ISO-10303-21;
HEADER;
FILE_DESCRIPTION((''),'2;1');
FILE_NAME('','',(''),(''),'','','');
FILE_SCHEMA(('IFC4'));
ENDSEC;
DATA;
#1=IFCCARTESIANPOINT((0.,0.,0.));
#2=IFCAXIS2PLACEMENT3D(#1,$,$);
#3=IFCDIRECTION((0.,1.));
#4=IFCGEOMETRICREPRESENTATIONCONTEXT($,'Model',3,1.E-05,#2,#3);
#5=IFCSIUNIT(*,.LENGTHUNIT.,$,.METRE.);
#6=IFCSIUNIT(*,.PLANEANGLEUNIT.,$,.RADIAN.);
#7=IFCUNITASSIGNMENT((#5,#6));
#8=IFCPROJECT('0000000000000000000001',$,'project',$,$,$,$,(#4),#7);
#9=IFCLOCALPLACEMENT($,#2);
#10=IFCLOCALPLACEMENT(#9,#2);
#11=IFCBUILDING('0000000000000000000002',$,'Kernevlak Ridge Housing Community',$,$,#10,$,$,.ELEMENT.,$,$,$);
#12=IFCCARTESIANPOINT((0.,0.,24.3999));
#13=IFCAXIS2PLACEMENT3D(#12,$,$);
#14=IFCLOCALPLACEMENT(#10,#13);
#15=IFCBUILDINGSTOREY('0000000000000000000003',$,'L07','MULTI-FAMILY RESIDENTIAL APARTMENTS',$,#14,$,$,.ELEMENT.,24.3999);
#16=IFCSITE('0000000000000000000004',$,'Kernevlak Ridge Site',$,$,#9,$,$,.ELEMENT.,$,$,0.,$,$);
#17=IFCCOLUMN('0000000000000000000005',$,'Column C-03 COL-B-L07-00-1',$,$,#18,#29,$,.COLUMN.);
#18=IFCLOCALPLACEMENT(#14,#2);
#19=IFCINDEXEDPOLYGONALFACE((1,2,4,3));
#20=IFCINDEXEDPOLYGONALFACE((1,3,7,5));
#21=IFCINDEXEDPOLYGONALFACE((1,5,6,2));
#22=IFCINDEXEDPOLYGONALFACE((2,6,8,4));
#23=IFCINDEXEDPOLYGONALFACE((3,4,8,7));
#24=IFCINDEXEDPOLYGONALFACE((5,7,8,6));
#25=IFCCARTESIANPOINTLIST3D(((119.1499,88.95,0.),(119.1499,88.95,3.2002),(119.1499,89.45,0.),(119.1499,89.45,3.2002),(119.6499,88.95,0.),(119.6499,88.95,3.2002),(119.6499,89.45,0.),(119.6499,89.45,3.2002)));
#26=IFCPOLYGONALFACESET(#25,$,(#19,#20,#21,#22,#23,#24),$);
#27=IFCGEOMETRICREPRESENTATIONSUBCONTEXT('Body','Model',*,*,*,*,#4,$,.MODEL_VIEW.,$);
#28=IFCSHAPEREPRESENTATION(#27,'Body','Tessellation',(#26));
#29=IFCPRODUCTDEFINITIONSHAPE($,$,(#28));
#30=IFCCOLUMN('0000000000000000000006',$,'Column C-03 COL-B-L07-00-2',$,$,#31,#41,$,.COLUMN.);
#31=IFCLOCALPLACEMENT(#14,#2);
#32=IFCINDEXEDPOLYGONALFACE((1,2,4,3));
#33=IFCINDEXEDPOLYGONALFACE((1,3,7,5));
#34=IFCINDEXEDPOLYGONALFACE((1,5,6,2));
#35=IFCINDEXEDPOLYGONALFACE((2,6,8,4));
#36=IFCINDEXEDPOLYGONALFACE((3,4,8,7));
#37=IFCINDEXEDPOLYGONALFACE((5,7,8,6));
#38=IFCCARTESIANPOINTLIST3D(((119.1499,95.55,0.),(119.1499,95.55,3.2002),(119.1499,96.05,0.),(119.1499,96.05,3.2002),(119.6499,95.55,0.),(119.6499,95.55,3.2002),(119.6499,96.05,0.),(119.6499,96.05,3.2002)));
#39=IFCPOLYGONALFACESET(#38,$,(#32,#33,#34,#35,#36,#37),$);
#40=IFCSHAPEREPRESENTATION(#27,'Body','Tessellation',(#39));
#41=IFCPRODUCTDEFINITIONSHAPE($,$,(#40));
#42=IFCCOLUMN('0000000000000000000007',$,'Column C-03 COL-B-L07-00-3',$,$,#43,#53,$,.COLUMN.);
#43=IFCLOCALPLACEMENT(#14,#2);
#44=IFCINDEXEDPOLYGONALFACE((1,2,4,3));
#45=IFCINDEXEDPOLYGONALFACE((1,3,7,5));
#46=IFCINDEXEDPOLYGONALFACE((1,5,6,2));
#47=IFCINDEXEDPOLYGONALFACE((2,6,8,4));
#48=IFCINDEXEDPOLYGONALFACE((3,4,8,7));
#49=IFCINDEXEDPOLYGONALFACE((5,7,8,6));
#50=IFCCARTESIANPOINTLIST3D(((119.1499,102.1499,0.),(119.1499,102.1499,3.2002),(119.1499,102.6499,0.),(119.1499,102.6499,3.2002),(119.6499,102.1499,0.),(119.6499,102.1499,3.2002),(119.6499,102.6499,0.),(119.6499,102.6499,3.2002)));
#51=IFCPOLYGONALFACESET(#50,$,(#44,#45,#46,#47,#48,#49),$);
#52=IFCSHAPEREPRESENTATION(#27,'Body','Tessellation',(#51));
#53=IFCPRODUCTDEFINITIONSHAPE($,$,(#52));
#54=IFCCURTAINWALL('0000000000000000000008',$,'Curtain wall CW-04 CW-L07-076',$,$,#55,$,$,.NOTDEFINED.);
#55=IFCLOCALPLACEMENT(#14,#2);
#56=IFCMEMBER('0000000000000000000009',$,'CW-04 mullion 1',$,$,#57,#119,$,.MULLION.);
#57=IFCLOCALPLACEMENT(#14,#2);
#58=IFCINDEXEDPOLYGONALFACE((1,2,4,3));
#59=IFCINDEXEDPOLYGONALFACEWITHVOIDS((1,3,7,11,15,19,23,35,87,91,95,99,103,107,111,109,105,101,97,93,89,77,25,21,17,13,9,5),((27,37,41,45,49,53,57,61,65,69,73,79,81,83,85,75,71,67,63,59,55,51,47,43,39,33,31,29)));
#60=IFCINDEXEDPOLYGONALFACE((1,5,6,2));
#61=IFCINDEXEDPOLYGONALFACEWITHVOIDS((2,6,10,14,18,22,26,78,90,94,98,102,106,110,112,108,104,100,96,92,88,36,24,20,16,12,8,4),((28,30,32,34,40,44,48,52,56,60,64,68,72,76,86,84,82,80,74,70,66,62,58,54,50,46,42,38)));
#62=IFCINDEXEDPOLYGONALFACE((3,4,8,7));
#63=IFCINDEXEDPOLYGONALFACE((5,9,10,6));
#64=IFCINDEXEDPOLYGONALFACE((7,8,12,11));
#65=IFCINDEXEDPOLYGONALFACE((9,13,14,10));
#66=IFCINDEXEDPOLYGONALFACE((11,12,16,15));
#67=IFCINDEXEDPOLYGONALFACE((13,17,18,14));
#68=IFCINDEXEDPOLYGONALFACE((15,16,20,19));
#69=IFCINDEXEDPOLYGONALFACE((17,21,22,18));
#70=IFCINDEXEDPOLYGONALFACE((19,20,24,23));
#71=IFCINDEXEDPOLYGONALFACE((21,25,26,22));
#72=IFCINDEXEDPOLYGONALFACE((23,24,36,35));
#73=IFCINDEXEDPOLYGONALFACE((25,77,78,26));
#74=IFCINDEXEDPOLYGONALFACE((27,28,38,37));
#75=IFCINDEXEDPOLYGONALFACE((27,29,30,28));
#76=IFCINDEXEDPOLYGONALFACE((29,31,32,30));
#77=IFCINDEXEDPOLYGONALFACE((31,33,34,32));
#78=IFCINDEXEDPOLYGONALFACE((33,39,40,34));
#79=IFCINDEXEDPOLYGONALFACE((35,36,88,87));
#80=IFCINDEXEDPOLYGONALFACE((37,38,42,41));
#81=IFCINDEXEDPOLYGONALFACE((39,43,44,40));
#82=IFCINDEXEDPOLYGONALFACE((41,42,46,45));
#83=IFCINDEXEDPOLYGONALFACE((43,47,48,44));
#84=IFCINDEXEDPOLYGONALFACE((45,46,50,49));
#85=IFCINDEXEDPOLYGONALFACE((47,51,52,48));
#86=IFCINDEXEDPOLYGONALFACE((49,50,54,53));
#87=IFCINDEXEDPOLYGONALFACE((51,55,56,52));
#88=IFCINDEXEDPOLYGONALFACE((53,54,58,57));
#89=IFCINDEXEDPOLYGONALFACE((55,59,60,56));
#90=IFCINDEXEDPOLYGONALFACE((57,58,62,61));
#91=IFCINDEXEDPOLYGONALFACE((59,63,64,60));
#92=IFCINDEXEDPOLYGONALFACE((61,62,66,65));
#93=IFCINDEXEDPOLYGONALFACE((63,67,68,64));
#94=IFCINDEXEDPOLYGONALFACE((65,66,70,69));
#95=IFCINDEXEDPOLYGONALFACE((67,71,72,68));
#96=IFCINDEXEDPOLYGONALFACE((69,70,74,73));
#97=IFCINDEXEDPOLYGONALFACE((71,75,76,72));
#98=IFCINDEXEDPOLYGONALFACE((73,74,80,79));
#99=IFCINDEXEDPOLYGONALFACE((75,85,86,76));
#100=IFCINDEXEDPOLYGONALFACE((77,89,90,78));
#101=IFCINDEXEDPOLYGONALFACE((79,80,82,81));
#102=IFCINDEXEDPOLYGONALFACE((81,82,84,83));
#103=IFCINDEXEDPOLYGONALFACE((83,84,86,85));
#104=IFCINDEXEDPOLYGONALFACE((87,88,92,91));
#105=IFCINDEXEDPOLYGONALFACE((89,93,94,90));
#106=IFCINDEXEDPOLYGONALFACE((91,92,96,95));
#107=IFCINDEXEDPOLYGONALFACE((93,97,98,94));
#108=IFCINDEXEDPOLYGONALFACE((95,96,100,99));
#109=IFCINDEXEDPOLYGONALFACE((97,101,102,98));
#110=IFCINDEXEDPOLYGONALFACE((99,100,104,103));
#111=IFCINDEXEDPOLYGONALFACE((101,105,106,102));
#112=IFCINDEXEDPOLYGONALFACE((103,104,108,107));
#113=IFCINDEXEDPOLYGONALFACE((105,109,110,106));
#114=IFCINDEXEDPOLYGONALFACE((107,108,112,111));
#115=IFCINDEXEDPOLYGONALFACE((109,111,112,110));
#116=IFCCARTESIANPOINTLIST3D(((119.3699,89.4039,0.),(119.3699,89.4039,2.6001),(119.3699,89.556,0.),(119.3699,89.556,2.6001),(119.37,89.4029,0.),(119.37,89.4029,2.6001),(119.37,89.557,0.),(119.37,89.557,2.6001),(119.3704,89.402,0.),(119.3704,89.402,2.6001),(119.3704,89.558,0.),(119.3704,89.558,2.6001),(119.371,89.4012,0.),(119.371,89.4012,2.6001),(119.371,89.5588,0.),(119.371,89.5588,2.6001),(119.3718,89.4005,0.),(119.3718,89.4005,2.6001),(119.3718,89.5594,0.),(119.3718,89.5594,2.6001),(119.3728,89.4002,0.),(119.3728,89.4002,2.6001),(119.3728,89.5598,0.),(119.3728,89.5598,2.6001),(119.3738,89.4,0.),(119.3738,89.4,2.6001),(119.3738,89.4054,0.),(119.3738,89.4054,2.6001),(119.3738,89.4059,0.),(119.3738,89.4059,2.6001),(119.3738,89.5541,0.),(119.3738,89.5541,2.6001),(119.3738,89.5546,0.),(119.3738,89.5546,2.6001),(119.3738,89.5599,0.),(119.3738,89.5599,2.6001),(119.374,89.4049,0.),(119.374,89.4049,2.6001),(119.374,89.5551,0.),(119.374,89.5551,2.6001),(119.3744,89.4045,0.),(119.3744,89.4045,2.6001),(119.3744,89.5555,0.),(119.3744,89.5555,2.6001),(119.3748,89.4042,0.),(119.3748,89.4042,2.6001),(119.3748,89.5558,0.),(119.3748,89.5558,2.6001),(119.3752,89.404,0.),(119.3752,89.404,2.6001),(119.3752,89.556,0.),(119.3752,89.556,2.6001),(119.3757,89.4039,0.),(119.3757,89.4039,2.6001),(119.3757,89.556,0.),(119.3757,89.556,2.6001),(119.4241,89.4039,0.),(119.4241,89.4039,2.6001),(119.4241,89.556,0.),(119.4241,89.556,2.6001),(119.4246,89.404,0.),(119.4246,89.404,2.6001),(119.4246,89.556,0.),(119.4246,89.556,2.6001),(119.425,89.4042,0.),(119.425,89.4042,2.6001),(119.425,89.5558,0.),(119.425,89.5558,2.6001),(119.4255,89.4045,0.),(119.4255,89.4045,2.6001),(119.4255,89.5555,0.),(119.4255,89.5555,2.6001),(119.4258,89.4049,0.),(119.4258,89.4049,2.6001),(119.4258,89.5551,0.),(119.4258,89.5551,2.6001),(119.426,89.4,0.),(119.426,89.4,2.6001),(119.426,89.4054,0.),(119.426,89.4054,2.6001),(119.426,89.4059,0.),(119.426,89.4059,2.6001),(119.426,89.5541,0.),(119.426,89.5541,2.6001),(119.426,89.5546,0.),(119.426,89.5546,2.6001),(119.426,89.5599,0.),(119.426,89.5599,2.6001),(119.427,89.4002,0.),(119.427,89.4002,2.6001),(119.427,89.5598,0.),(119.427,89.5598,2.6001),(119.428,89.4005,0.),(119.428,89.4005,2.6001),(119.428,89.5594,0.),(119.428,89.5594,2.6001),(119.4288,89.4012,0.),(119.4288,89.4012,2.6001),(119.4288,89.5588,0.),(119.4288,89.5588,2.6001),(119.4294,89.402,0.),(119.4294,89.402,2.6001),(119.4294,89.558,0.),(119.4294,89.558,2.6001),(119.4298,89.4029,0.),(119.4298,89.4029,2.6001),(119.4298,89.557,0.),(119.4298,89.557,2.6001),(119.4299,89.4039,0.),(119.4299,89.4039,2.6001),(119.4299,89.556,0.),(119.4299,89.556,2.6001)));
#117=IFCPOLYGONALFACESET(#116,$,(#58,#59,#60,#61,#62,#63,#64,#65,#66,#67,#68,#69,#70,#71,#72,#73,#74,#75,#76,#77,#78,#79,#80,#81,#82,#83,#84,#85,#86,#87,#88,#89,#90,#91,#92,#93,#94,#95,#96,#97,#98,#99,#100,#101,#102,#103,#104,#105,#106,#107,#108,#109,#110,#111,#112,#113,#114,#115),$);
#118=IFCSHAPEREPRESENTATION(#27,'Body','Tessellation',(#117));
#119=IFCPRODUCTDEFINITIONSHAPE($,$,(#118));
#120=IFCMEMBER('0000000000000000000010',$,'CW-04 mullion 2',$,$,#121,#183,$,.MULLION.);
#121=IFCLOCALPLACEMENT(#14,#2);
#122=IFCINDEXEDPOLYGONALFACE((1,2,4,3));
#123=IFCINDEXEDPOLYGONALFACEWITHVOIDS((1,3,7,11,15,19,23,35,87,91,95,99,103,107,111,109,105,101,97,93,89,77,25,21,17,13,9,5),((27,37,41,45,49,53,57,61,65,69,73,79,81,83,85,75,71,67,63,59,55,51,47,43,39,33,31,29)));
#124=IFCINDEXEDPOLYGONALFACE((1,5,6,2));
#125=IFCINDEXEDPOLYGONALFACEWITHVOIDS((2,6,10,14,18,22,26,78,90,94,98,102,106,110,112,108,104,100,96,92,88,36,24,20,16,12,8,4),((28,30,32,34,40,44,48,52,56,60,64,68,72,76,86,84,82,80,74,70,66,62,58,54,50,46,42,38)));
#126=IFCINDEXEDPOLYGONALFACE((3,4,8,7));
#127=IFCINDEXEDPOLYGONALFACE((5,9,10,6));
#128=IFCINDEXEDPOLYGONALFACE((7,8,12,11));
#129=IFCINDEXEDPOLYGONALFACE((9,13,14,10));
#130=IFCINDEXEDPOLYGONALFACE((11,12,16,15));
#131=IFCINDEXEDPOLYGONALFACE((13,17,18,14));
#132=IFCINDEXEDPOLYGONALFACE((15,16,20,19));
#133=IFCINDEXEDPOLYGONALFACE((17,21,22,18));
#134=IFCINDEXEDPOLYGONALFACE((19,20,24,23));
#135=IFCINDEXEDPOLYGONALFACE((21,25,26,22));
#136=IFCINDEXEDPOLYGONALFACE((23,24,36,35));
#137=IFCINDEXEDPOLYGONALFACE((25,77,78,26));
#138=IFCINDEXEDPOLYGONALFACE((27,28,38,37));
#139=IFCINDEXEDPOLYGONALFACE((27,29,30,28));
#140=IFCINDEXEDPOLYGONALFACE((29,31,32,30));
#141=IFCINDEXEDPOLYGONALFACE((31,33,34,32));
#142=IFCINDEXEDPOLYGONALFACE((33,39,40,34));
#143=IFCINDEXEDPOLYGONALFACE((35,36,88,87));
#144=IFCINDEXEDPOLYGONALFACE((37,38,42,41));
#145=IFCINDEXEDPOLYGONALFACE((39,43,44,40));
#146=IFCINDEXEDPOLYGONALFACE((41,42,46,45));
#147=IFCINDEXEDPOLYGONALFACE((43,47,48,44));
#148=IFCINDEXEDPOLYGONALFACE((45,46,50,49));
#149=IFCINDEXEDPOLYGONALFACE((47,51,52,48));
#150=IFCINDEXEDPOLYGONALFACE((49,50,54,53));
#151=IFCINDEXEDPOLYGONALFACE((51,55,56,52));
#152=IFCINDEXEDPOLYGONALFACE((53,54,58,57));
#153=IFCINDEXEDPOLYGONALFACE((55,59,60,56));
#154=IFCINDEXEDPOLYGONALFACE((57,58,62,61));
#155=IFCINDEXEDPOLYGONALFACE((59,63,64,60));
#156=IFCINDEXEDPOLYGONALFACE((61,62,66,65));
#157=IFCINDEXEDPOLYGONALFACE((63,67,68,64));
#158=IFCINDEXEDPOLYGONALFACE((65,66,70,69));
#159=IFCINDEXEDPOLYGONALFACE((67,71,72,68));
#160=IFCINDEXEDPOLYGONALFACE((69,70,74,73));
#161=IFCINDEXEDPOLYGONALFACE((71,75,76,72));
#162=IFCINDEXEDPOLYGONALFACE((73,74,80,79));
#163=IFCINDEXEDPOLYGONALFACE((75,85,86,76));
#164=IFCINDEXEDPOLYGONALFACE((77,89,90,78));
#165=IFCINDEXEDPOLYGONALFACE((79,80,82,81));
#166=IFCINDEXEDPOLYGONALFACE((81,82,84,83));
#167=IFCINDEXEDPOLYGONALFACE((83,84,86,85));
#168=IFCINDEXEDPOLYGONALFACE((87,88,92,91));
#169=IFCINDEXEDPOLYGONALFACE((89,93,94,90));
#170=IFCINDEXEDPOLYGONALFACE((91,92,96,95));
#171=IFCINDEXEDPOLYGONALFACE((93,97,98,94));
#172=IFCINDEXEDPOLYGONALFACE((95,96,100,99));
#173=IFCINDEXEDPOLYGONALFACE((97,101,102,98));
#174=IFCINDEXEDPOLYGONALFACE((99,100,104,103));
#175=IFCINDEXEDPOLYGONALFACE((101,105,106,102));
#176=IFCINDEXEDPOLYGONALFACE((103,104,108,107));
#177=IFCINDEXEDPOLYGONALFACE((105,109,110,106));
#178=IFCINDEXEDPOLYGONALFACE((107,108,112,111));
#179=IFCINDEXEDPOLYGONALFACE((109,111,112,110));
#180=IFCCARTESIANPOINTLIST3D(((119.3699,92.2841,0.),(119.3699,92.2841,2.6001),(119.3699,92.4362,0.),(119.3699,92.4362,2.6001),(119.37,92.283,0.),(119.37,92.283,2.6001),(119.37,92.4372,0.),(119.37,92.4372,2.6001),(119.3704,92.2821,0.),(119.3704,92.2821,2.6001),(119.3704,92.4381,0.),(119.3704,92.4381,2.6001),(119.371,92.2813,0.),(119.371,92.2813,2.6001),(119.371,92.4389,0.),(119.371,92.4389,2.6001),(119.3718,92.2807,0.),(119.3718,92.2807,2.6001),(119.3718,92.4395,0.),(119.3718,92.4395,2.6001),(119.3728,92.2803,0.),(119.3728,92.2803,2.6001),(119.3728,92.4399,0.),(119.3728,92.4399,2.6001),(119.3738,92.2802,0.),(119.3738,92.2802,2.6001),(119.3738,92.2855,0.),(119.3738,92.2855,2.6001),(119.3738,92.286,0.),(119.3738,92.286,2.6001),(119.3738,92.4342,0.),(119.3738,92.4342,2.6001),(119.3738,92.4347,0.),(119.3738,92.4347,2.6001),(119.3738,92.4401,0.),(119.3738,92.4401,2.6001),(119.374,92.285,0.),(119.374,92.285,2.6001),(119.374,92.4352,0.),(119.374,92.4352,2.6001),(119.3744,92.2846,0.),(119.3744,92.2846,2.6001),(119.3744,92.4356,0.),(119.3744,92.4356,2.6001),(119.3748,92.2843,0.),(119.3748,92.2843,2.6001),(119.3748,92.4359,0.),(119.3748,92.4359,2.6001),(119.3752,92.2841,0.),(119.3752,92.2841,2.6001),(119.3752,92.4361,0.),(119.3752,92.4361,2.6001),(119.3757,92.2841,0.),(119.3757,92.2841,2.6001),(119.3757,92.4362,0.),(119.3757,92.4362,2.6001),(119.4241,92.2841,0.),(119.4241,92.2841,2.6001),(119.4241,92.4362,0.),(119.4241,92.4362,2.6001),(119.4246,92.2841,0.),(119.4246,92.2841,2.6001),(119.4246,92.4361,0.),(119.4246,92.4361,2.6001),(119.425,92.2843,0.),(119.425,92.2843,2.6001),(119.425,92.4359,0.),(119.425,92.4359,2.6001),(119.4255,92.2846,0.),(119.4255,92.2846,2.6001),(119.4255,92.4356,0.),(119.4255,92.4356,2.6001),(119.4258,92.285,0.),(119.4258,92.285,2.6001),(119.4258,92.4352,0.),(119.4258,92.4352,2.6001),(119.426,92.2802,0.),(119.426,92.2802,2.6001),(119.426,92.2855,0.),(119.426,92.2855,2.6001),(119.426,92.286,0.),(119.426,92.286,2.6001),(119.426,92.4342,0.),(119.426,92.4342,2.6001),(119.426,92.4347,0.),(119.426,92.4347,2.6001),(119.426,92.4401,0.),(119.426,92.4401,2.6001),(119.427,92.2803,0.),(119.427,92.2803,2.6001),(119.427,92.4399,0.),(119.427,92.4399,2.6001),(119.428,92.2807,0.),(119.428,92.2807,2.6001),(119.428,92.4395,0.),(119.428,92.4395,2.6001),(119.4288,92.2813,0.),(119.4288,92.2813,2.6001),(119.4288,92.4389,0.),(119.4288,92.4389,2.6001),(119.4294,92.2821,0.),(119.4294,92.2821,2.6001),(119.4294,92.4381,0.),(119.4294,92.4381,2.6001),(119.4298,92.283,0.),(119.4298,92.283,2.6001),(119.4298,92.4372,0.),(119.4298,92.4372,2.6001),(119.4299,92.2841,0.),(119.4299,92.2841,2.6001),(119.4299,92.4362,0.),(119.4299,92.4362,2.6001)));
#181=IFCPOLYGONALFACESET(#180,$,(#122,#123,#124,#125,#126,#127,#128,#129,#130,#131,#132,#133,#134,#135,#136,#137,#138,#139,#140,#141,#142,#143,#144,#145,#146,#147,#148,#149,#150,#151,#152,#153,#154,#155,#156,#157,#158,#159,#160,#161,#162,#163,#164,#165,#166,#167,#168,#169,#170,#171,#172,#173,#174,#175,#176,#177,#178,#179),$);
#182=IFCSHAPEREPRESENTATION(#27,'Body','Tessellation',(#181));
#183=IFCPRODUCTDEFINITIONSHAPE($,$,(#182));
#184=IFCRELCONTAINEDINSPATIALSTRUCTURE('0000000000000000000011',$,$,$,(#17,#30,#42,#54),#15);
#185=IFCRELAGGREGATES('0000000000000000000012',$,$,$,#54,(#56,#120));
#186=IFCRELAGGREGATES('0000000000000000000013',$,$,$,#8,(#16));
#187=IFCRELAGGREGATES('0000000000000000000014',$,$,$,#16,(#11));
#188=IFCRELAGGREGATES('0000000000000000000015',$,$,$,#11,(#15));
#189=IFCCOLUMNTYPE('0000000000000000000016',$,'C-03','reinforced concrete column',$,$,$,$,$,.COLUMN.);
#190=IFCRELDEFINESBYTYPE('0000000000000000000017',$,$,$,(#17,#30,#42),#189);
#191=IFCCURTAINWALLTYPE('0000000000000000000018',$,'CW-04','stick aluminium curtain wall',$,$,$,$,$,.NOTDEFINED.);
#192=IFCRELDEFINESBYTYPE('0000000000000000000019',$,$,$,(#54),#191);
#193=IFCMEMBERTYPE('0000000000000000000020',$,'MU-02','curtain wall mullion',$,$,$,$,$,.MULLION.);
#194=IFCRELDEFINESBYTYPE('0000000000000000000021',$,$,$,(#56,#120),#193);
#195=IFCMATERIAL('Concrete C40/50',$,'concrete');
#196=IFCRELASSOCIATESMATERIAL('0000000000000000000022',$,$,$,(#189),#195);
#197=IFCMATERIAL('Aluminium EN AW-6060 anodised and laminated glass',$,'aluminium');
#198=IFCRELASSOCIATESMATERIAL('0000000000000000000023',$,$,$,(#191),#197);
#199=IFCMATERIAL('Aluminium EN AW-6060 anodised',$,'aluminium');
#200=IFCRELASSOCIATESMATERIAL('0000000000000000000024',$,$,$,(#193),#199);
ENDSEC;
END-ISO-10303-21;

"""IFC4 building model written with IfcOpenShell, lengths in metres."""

from ifc_helpers import new_model, si_unit, direction, frame, origin, origin_2d, place, context, subcontext, project, spatial, rectangle, hollow_rectangle, extrude, material, material_profile, profile_set, type_object, element, aggregate, save


model = new_model("IFC4")

# Units and contexts
model_context = context("Model", 3, precision=1e-05, world=origin(), true_north=direction((0.0, 1.0)))
body_context = subcontext(model_context, "Body", "Model", "MODEL_VIEW")
ifc_project = project(units=[si_unit("LENGTHUNIT", "METRE"), si_unit("PLANEANGLEUNIT", "RADIAN")], contexts=[model_context])

# Site, building, storey
site_placement = place(None, origin())
site = spatial("IfcSite", under=ifc_project, at=site_placement, Name="Kernevlak Ridge Site", CompositionType="ELEMENT", RefElevation=0.0)
building_placement = place(site_placement, origin())
building = spatial("IfcBuilding", under=site, at=building_placement, Name="Kernevlak Ridge Housing Community", CompositionType="ELEMENT")
storey_placement = place(building_placement, frame((0.0, 0.0, 24.3999)))
storey = spatial("IfcBuildingStorey", under=building, at=storey_placement, Name="L07", Description="MULTI-FAMILY RESIDENTIAL APARTMENTS", CompositionType="ELEMENT", Elevation=24.3999)

# Columns
ifc_material_1 = material(Name="Concrete C40/50", Category="concrete")
ifc_material_profile_1 = material_profile(ifc_material_1, rectangle(XDim=0.5, YDim=0.5, at=origin_2d()), Name="RC 500x500")
ifc_profile_set_1 = profile_set([ifc_material_profile_1], Name="Concrete C40/50")
column_type = type_object("IfcColumnType", Name="C-03", Description="reinforced concrete column", PredefinedType="COLUMN", material=ifc_profile_set_1)
for number, where, z_axis, x_axis, name in (
    (1, (119.3999, 89.2, 0.0), (0.0, 0.0, 1.0), (1.0, 0.0, 0.0), "Column C-03 COL-B-L07-00-1"),
    (2, (119.3999, 95.8, 0.0), (0.0, 0.0, 1.0), (1.0, 0.0, 0.0), "Column C-03 COL-B-L07-00-2"),
    (3, (119.3999, 102.3999, 0.0), (0.0, 0.0, 1.0), (1.0, 0.0, 0.0), "Column C-03 COL-B-L07-00-3"),
):
    element("IfcColumn", number, at=place(storey_placement, frame(where, z_axis=z_axis, x_axis=x_axis)), inside=storey, type_object=column_type, Name=name, PredefinedType="COLUMN", context=body_context, shape_type="SweptSolid", body=[
        extrude(rectangle(XDim=0.5, YDim=0.5, at=origin_2d()), origin(), (0.0, 0.0, 1.0), 3.2002),
    ])

# Curtain wall, members
ifc_material_2 = material(Name="Aluminium EN AW-6060 anodised and laminated glass", Category="aluminium")
curtain_wall_type_1 = type_object("IfcCurtainWallType", Name="CW-04", Description="stick aluminium curtain wall", PredefinedType="NOTDEFINED", material=ifc_material_2)
curtain_wall_1_placement = place(storey_placement, origin())
curtain_wall_1 = element("IfcCurtainWall", 4, at=curtain_wall_1_placement, inside=storey, type_object=curtain_wall_type_1, Name="Curtain wall CW-04 CW-L07-076", PredefinedType="NOTDEFINED")
ifc_material_3 = material(Name="Aluminium EN AW-6060 anodised", Category="aluminium")
ifc_material_profile_2 = material_profile(ifc_material_3, hollow_rectangle(XDim=0.0601, YDim=0.1599, WallThickness=0.0039, InnerFilletRadius=0.002, OuterFilletRadius=0.0039, at=origin_2d()), Name="ALU 60x160x4")
ifc_profile_set_2 = profile_set([ifc_material_profile_2], Name="Aluminium EN AW-6060 anodised")
member_type_1 = type_object("IfcMemberType", Name="MU-02", Description="curtain wall mullion", PredefinedType="MULLION", material=ifc_profile_set_2)
member_1_placement = place(storey_placement, frame((119.3999, 89.48, 0.0), z_axis=(0.0, 0.0, 1.0), x_axis=(-1.0, 0.0, 0.0)))
member_1 = element("IfcMember", 5, at=member_1_placement, type_object=member_type_1, Name="CW-04 mullion 1", PredefinedType="MULLION", context=body_context, shape_type="SweptSolid", body=[
    extrude(hollow_rectangle(XDim=0.0601, YDim=0.1599, WallThickness=0.0039, InnerFilletRadius=0.002, OuterFilletRadius=0.0039, at=origin_2d()), origin(), (0.0, 0.0, 1.0), 2.6001),
])
member_2_placement = place(storey_placement, frame((119.3999, 92.3601, 0.0), z_axis=(0.0, 0.0, 1.0), x_axis=(-1.0, 0.0, 0.0)))
member_2 = element("IfcMember", 6, at=member_2_placement, type_object=member_type_1, Name="CW-04 mullion 2", PredefinedType="MULLION", context=body_context, shape_type="SweptSolid", body=[
    extrude(hollow_rectangle(XDim=0.0601, YDim=0.1599, WallThickness=0.0039, InnerFilletRadius=0.002, OuterFilletRadius=0.0039, at=origin_2d()), origin(), (0.0, 0.0, 1.0), 2.6001),
])

aggregate(curtain_wall_1, [member_1, member_2])

save(model, "model.ifc")
